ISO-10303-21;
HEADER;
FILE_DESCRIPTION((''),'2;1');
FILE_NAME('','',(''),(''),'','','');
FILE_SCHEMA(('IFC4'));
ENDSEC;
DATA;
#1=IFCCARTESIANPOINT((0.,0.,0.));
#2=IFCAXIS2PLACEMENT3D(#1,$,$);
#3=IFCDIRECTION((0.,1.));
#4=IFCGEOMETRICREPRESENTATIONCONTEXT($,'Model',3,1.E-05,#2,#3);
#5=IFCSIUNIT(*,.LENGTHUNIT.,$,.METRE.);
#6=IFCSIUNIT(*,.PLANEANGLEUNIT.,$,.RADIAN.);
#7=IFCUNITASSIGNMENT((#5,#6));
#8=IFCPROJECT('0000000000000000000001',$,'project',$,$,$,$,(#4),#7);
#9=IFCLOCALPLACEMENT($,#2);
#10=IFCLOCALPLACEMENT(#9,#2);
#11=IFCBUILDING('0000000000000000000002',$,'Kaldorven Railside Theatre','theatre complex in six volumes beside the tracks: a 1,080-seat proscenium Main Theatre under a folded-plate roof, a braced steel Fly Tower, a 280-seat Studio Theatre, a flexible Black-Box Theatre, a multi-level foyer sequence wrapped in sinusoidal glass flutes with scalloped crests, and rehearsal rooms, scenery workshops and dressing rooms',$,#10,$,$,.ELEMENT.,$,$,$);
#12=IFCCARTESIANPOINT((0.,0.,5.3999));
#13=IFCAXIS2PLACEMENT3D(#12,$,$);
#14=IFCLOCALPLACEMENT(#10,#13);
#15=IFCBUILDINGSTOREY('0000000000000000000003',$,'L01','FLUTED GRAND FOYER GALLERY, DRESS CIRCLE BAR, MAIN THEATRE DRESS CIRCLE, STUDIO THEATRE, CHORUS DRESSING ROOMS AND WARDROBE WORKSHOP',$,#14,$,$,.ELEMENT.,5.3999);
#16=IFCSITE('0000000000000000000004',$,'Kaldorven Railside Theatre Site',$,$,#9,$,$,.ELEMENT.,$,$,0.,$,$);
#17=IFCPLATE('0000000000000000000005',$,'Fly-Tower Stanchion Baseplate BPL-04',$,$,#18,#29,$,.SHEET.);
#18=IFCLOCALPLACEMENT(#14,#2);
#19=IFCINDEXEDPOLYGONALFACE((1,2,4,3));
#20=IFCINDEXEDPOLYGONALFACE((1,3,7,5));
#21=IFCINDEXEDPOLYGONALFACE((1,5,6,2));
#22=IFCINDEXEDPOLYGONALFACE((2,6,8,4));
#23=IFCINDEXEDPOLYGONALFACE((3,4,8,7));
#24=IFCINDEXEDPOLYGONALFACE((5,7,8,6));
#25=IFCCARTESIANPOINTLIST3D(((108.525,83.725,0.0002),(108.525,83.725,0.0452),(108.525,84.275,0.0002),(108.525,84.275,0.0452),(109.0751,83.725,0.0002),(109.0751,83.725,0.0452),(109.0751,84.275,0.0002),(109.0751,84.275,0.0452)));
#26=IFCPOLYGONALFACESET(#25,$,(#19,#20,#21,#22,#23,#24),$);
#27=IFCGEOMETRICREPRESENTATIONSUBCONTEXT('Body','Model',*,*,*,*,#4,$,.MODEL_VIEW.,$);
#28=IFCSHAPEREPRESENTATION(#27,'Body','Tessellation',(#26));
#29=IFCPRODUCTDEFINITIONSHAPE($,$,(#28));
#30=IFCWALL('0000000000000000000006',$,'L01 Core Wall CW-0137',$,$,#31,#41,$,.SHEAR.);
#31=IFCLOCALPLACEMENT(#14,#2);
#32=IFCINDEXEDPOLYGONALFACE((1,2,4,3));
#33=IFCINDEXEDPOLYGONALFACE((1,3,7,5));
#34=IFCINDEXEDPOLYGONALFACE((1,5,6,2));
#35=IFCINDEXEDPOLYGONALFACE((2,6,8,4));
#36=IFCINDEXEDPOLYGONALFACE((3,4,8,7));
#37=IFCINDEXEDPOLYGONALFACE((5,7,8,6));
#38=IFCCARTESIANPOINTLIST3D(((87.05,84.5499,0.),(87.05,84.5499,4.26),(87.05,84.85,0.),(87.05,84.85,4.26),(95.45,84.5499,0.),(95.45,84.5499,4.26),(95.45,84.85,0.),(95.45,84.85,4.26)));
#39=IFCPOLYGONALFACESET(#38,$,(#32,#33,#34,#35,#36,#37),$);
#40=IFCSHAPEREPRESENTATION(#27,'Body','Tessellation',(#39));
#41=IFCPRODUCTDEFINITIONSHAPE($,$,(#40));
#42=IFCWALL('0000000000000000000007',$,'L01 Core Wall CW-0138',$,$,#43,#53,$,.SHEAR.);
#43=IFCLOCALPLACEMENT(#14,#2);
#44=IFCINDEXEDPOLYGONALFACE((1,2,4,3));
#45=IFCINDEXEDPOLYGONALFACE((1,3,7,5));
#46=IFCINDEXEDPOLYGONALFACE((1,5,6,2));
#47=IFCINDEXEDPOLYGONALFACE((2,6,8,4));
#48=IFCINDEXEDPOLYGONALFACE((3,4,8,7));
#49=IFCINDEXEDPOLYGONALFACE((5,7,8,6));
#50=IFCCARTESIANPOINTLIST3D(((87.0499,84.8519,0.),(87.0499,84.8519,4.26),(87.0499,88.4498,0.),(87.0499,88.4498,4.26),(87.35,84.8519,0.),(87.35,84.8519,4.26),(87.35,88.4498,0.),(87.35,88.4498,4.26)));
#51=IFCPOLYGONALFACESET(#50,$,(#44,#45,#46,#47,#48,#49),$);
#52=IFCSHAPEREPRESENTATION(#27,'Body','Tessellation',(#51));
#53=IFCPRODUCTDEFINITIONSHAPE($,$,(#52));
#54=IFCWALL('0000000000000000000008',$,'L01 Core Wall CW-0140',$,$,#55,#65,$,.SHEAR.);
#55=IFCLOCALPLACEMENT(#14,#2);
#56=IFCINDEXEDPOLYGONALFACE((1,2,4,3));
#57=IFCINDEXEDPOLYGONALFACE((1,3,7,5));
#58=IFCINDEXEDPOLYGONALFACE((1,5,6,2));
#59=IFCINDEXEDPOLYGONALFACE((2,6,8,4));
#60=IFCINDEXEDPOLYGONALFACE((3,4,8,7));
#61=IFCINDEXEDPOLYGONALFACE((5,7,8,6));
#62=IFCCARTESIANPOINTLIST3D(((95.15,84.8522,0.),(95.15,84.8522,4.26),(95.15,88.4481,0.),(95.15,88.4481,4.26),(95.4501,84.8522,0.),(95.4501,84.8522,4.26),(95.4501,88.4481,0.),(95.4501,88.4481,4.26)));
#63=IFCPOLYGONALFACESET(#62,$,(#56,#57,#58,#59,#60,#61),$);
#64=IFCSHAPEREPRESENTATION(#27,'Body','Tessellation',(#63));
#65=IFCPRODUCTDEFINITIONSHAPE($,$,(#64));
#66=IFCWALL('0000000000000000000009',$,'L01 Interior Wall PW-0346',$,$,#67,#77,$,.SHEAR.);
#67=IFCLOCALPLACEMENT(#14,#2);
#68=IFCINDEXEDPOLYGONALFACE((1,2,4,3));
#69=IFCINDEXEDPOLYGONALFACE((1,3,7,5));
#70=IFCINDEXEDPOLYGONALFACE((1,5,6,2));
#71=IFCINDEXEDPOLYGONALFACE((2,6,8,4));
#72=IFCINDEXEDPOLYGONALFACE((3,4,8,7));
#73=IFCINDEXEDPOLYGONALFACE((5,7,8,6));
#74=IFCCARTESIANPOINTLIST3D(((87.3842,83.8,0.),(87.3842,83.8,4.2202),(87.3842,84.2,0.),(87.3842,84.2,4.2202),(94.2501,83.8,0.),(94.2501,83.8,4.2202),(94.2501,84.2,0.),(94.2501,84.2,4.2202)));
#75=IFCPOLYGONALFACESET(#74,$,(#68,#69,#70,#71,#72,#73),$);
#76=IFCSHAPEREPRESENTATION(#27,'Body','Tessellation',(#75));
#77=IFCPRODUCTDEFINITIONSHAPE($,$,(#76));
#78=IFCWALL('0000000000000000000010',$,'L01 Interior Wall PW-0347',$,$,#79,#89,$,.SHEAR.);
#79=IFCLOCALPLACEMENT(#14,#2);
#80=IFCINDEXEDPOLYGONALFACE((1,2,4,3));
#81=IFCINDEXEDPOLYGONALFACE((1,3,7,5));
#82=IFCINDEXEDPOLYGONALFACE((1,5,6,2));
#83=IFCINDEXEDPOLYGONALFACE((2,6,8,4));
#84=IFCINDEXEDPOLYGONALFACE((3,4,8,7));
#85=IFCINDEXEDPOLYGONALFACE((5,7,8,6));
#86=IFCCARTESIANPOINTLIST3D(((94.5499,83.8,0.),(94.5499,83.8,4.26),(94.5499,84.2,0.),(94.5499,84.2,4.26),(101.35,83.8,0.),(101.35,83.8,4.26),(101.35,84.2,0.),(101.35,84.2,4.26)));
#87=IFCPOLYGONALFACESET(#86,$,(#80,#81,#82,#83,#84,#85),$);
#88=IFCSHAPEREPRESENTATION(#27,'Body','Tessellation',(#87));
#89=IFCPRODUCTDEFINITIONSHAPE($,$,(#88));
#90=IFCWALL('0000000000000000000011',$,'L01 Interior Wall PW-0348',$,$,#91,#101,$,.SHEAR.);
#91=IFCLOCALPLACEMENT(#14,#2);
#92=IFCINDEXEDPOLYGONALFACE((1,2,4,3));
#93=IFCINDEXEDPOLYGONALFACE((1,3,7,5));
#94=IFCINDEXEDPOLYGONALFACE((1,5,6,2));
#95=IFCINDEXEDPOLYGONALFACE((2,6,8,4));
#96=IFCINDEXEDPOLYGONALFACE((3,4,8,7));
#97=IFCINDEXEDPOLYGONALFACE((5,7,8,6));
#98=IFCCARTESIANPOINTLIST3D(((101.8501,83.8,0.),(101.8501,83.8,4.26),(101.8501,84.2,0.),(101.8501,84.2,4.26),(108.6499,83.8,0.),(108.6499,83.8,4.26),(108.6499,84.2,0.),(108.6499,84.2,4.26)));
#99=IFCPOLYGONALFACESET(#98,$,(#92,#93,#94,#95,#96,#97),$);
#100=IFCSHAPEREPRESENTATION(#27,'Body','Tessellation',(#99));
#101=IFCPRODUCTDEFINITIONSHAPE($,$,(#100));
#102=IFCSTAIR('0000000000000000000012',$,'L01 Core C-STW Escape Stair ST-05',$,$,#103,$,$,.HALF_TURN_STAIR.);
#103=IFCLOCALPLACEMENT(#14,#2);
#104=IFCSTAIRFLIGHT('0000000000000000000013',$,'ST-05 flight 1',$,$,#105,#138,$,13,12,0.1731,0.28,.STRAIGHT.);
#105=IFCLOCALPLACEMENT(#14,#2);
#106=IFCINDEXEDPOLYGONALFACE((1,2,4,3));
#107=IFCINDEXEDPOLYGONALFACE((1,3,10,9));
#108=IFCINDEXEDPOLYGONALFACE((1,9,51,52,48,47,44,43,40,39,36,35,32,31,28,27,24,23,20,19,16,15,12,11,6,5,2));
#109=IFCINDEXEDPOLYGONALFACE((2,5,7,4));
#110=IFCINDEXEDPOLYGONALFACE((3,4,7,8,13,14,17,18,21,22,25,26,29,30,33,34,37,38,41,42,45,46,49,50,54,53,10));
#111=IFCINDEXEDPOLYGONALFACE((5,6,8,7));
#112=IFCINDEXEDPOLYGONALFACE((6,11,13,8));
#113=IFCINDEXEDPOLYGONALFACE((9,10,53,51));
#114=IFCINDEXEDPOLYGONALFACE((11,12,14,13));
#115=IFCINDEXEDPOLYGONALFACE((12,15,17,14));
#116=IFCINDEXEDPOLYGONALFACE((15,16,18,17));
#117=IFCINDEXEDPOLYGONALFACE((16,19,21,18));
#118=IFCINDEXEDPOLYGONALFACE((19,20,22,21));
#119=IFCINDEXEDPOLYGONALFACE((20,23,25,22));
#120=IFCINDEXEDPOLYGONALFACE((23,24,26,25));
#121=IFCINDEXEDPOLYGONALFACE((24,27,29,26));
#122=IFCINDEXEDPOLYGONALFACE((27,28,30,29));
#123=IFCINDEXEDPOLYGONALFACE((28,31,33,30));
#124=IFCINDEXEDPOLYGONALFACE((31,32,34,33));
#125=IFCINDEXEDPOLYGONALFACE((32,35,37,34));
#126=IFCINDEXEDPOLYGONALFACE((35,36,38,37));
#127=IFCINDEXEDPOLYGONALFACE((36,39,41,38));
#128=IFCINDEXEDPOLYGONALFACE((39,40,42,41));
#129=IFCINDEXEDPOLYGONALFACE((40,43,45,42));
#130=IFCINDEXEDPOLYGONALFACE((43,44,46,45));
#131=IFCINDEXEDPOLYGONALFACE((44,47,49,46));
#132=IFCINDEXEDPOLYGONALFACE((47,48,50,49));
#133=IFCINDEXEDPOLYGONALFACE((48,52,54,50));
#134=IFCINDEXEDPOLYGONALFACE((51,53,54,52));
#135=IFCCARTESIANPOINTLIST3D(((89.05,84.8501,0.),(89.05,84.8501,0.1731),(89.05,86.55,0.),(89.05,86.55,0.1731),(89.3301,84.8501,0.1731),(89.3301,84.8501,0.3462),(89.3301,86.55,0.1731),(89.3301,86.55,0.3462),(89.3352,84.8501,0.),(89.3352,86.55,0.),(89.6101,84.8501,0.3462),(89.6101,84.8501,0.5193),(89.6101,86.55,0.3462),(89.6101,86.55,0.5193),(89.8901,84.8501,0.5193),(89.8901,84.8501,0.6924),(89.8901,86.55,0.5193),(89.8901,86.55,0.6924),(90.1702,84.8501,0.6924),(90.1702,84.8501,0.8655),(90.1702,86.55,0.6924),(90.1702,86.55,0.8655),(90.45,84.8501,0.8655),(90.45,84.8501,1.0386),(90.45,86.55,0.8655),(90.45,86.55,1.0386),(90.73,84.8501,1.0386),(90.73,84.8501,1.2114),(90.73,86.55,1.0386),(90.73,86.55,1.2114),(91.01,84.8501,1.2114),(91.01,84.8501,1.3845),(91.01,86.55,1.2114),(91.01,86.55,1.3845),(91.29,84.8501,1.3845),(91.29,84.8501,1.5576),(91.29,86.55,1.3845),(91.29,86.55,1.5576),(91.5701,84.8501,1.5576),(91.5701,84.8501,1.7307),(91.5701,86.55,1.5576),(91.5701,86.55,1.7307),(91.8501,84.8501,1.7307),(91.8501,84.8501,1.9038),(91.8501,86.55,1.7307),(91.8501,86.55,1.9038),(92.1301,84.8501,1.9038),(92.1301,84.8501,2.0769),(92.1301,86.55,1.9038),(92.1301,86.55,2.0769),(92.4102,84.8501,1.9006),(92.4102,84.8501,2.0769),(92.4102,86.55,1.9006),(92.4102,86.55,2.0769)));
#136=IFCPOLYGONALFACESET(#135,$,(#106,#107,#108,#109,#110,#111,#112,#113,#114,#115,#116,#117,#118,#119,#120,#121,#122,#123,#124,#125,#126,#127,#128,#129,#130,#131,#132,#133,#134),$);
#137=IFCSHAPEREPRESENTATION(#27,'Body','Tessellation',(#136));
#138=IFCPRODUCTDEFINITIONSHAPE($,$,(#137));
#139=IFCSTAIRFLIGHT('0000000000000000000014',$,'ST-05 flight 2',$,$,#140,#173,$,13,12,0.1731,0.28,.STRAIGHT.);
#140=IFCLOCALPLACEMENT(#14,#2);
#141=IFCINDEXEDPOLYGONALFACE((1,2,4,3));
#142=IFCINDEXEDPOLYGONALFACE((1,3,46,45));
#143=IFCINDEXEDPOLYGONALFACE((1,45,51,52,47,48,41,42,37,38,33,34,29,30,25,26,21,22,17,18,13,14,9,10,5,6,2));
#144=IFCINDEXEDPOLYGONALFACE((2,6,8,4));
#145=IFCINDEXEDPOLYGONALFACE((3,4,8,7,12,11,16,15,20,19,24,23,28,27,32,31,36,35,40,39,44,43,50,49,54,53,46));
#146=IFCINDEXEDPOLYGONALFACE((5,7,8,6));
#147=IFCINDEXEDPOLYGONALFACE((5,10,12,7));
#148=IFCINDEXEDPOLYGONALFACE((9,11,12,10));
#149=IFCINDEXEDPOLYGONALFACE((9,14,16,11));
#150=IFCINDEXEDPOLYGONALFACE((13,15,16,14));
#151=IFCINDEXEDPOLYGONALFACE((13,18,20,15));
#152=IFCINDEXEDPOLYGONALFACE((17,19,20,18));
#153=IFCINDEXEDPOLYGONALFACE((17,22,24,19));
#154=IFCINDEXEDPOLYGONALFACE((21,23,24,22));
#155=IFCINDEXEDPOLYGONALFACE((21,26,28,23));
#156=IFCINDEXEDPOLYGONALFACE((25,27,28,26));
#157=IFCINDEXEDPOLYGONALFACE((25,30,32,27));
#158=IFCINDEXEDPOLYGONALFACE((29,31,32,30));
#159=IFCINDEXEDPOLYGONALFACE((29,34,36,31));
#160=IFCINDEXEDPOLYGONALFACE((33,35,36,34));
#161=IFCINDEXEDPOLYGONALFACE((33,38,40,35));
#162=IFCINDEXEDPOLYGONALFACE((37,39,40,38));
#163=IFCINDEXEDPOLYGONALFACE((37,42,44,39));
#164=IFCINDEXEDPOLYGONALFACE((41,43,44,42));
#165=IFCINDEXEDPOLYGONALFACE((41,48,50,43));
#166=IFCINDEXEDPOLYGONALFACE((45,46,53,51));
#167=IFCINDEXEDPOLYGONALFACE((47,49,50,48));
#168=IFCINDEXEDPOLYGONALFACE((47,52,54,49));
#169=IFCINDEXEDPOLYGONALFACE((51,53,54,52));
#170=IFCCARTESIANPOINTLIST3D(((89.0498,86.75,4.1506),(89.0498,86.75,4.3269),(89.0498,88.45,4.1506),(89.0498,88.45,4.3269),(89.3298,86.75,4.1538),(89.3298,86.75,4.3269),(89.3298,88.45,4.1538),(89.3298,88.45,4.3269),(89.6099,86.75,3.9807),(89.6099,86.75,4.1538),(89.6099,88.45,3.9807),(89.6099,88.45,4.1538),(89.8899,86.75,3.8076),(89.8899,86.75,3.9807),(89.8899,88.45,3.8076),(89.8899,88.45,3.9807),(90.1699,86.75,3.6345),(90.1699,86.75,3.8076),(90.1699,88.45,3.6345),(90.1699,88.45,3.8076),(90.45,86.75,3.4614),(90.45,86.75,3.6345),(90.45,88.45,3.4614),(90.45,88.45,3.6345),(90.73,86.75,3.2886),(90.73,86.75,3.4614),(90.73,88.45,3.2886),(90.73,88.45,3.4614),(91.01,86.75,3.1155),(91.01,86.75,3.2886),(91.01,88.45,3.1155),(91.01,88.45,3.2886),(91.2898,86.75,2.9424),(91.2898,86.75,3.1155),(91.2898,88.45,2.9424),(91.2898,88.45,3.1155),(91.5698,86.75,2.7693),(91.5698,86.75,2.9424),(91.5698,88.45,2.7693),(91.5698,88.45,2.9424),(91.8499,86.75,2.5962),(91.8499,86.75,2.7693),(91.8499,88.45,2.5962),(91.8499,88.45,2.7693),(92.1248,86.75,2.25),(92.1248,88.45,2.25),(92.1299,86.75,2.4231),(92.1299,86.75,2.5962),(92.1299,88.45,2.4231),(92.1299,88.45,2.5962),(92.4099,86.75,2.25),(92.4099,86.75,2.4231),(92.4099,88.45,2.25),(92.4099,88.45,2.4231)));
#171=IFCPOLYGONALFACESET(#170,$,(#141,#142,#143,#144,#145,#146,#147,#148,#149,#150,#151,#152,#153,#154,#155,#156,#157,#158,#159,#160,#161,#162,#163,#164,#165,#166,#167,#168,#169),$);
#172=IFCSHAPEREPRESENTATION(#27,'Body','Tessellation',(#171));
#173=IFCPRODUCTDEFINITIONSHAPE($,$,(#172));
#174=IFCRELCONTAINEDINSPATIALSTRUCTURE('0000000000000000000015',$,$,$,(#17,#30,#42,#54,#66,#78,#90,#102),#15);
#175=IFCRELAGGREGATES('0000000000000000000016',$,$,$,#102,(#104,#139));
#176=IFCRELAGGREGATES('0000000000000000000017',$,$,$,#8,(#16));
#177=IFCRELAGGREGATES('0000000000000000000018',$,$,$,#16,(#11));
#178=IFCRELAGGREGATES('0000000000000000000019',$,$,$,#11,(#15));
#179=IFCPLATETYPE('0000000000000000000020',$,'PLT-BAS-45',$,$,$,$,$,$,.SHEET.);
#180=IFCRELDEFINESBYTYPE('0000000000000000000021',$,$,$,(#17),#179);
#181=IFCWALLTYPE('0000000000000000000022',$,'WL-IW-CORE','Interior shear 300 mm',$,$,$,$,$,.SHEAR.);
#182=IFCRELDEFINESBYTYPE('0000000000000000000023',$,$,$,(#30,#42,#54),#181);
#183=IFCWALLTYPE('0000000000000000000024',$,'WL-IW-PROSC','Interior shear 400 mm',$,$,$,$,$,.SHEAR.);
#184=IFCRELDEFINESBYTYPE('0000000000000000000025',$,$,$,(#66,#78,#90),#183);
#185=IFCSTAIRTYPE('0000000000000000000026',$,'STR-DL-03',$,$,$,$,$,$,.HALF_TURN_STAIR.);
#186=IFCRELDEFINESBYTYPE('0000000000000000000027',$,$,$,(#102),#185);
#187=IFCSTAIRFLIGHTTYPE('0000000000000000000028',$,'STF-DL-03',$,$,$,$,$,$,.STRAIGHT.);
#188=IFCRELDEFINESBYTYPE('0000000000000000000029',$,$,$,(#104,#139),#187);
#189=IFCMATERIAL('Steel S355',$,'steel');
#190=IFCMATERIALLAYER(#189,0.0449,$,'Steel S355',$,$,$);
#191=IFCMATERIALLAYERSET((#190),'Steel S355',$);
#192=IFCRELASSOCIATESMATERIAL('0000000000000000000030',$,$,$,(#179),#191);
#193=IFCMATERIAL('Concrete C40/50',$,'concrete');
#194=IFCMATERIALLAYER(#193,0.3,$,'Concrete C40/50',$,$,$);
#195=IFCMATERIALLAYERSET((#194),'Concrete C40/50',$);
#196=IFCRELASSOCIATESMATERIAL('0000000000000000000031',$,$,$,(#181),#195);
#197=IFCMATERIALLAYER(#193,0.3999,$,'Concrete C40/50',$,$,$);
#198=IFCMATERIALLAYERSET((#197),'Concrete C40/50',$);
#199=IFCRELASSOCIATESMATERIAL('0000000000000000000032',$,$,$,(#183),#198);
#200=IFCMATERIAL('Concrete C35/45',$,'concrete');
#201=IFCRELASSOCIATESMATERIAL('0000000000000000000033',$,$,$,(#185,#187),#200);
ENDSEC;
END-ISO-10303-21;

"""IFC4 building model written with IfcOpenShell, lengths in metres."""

from ifc_helpers import new_model, si_unit, direction, frame, frame_2d, origin, origin_2d, place, context, subcontext, project, spatial, polyline, rectangle, outline, extrude, material, layer, layer_set, type_object, element, aggregate, save


model = new_model("IFC4")

# Units and contexts
model_context = context("Model", 3, precision=1e-05, world=origin(), true_north=direction((0.0, 1.0)))
body_context = subcontext(model_context, "Body", "Model", "MODEL_VIEW")
ifc_project = project(units=[si_unit("LENGTHUNIT", "METRE"), si_unit("PLANEANGLEUNIT", "RADIAN")], contexts=[model_context])

# Site, building, storey
site_placement = place(None, origin())
site = spatial("IfcSite", under=ifc_project, at=site_placement, Name="Kaldorven Railside Theatre Site", CompositionType="ELEMENT", RefElevation=0.0)
building_placement = place(site_placement, origin())
building = spatial("IfcBuilding", under=site, at=building_placement, Name="Kaldorven Railside Theatre", Description="theatre complex in six volumes beside the tracks: a 1,080-seat proscenium Main Theatre under a folded-plate roof, a braced steel Fly Tower, a 280-seat Studio Theatre, a flexible Black-Box Theatre, a multi-level foyer sequence wrapped in sinusoidal glass flutes with scalloped crests, and rehearsal rooms, scenery workshops and dressing rooms", CompositionType="ELEMENT")
storey_placement = place(building_placement, frame((0.0, 0.0, 5.3999)))
storey = spatial("IfcBuildingStorey", under=building, at=storey_placement, Name="L01", Description="FLUTED GRAND FOYER GALLERY, DRESS CIRCLE BAR, MAIN THEATRE DRESS CIRCLE, STUDIO THEATRE, CHORUS DRESSING ROOMS AND WARDROBE WORKSHOP", CompositionType="ELEMENT", Elevation=5.3999)

# Shared definitions
ifc_material_1 = material(Name="Steel S355", Category="steel")

# Shared definitions
ifc_material_2 = material(Name="Concrete C40/50", Category="concrete")

# Plate
ifc_layer_1 = layer(ifc_material_1, 0.0449, Name="Steel S355")
ifc_layer_set_1 = layer_set([ifc_layer_1], Name="Steel S355")
plate_type = type_object("IfcPlateType", Name="PLT-BAS-45", PredefinedType="SHEET", material=ifc_layer_set_1)
for number, where, z_axis, x_axis, name in (
    (1, (108.8, 84.0, 0.0002), (0.0, 0.0, 1.0), (1.0, 0.0, 0.0), "Fly-Tower Stanchion Baseplate BPL-04"),
):
    element("IfcPlate", number, at=place(storey_placement, frame(where, z_axis=z_axis, x_axis=x_axis)), inside=storey, type_object=plate_type, Name=name, PredefinedType="SHEET", context=body_context, shape_type="SweptSolid", body=[
        extrude(rectangle(XDim=0.55, YDim=0.55, at=origin_2d()), origin(), (0.0, 0.0, 1.0), 0.0449),
    ])

# Walls
ifc_layer_2 = layer(ifc_material_2, 0.3, Name="Concrete C40/50")
ifc_layer_set_2 = layer_set([ifc_layer_2], Name="Concrete C40/50")
wall_type_1 = type_object("IfcWallType", Name="WL-IW-CORE", Description="Interior shear 300 mm", PredefinedType="SHEAR", material=ifc_layer_set_2)
wall_1_placement = place(storey_placement, frame((95.45, 84.7, 0.0), z_axis=(0.0, 0.0, 1.0), x_axis=(-1.0, 0.0, 0.0)))
element("IfcWall", 2, at=wall_1_placement, inside=storey, type_object=wall_type_1, Name="L01 Core Wall CW-0137", PredefinedType="SHEAR", context=body_context, shape_type="SweptSolid", body=[
    extrude(rectangle(XDim=8.3999, YDim=0.3, at=frame_2d((4.2, 0.0))), origin(), (0.0, 0.0, 1.0), 4.26),
])
wall_2_placement = place(storey_placement, frame((87.2, 84.8521, 0.0), z_axis=(0.0, 0.0, 1.0), x_axis=(0.0, 1.0, 0.0)))
element("IfcWall", 3, at=wall_2_placement, inside=storey, type_object=wall_type_1, Name="L01 Core Wall CW-0138", PredefinedType="SHEAR", context=body_context, shape_type="SweptSolid", body=[
    extrude(rectangle(XDim=3.5979, YDim=0.3, at=frame_2d((1.7988, 0.0))), origin(), (0.0, 0.0, 1.0), 4.26),
])
wall_3_placement = place(storey_placement, frame((95.3, 88.448, 0.0), z_axis=(0.0, 0.0, 1.0), x_axis=(0.0, -1.0, 0.0)))
element("IfcWall", 4, at=wall_3_placement, inside=storey, type_object=wall_type_1, Name="L01 Core Wall CW-0140", PredefinedType="SHEAR", context=body_context, shape_type="SweptSolid", body=[
    extrude(rectangle(XDim=3.5959, YDim=0.3, at=frame_2d((1.7979, 0.0))), origin(), (0.0, 0.0, 1.0), 4.26),
])
ifc_layer_3 = layer(ifc_material_2, 0.3999, Name="Concrete C40/50")
ifc_layer_set_3 = layer_set([ifc_layer_3], Name="Concrete C40/50")
wall_type_2 = type_object("IfcWallType", Name="WL-IW-PROSC", Description="Interior shear 400 mm", PredefinedType="SHEAR", material=ifc_layer_set_3)
wall_4_placement = place(storey_placement, frame((87.384, 84.0, 0.0), z_axis=(0.0, 0.0, 1.0), x_axis=(1.0, 0.0, 0.0)))
element("IfcWall", 5, at=wall_4_placement, inside=storey, type_object=wall_type_2, Name="L01 Interior Wall PW-0346", PredefinedType="SHEAR", context=body_context, shape_type="SweptSolid", body=[
    extrude(rectangle(XDim=6.866, YDim=0.3999, at=frame_2d((3.4331, 0.0))), origin(), (0.0, 0.0, 1.0), 4.2202),
])
wall_5_placement = place(storey_placement, frame((94.55, 84.0, 0.0), z_axis=(0.0, 0.0, 1.0), x_axis=(1.0, 0.0, 0.0)))
element("IfcWall", 6, at=wall_5_placement, inside=storey, type_object=wall_type_2, Name="L01 Interior Wall PW-0347", PredefinedType="SHEAR", context=body_context, shape_type="SweptSolid", body=[
    extrude(rectangle(XDim=6.8, YDim=0.3999, at=frame_2d((3.3999, 0.0))), origin(), (0.0, 0.0, 1.0), 4.26),
])
wall_6_placement = place(storey_placement, frame((101.8501, 84.0, 0.0), z_axis=(0.0, 0.0, 1.0), x_axis=(1.0, 0.0, 0.0)))
element("IfcWall", 7, at=wall_6_placement, inside=storey, type_object=wall_type_2, Name="L01 Interior Wall PW-0348", PredefinedType="SHEAR", context=body_context, shape_type="SweptSolid", body=[
    extrude(rectangle(XDim=6.7998, YDim=0.3999, at=frame_2d((3.3999, 0.0))), origin(), (0.0, 0.0, 1.0), 4.26),
])

# Stair, stair flights
ifc_material_3 = material(Name="Concrete C35/45", Category="concrete")
stair_type = type_object("IfcStairType", Name="STR-DL-03", PredefinedType="HALF_TURN_STAIR", material=ifc_material_3)
stair_placement = place(storey_placement, origin())
stair = element("IfcStair", 8, at=stair_placement, inside=storey, type_object=stair_type, Name="L01 Core C-STW Escape Stair ST-05", PredefinedType="HALF_TURN_STAIR")
stair_flight_type = type_object("IfcStairFlightType", Name="STF-DL-03", PredefinedType="STRAIGHT", material=ifc_material_3)
stair_flight_1_placement = place(storey_placement, frame((89.05, 85.7, 0.0), z_axis=(0.0, 0.0, 1.0), x_axis=(1.0, 0.0, 0.0)))
stair_flight_1 = element("IfcStairFlight", 9, at=stair_flight_1_placement, type_object=stair_flight_type, Name="ST-05 flight 1", NumberOfRisers=13, NumberOfTreads=12, PredefinedType="STRAIGHT", RiserHeight=0.1731, TreadLength=0.28, context=body_context, shape_type="SweptSolid", body=[
    extrude(outline(polyline([(0.0, 0.0), (0.0, 0.1731), (0.28, 0.1731), (0.28, 0.3462), (0.5601, 0.3462), (0.5601, 0.5193), (0.8401, 0.5193), (0.8401, 0.6924), (1.1201, 0.6924), (1.1201, 0.8655), (1.3999, 0.8655), (1.3999, 1.0386), (1.6799, 1.0386), (1.6799, 1.2114), (1.96, 1.2114), (1.96, 1.3845), (2.24, 1.3845), (2.24, 1.5576), (2.52, 1.5576), (2.52, 1.7307), (2.8, 1.7307), (2.8, 1.9038), (3.0801, 1.9038), (3.0801, 2.0769), (3.3601, 2.0769), (3.3601, 2.25), (3.3601, 1.9006), (0.2852, 0.0), (0.0, 0.0)])), frame((0.0, 0.8501, 0.0), z_axis=(0.0, -1.0, 0.0), x_axis=(1.0, 0.0, 0.0)), (0.0, 0.0, 1.0), 1.7),
])
stair_flight_2_placement = place(storey_placement, frame((92.4099, 87.6001, 2.25), z_axis=(0.0, 0.0, 1.0), x_axis=(-1.0, 0.0, 0.0)))
stair_flight_2 = element("IfcStairFlight", 10, at=stair_flight_2_placement, type_object=stair_flight_type, Name="ST-05 flight 2", NumberOfRisers=13, NumberOfTreads=12, PredefinedType="STRAIGHT", RiserHeight=0.1731, TreadLength=0.28, context=body_context, shape_type="SweptSolid", body=[
    extrude(outline(polyline([(0.0, 0.0), (0.0, 0.1731), (0.28, 0.1731), (0.28, 0.3462), (0.5601, 0.3462), (0.5601, 0.5193), (0.8401, 0.5193), (0.8401, 0.6924), (1.1201, 0.6924), (1.1201, 0.8655), (1.3999, 0.8655), (1.3999, 1.0386), (1.6799, 1.0386), (1.6799, 1.2114), (1.96, 1.2114), (1.96, 1.3845), (2.24, 1.3845), (2.24, 1.5576), (2.52, 1.5576), (2.52, 1.7307), (2.8, 1.7307), (2.8, 1.9038), (3.0801, 1.9038), (3.0801, 2.0769), (3.3601, 2.0769), (3.3601, 2.25), (3.3601, 1.9006), (0.2852, 0.0), (0.0, 0.0)])), frame((0.0, 0.8501, 0.0), z_axis=(0.0, -1.0, 0.0), x_axis=(1.0, 0.0, 0.0)), (0.0, 0.0, 1.0), 1.7),
])
aggregate(stair, [stair_flight_1, stair_flight_2])

save(model, "model.ifc")
